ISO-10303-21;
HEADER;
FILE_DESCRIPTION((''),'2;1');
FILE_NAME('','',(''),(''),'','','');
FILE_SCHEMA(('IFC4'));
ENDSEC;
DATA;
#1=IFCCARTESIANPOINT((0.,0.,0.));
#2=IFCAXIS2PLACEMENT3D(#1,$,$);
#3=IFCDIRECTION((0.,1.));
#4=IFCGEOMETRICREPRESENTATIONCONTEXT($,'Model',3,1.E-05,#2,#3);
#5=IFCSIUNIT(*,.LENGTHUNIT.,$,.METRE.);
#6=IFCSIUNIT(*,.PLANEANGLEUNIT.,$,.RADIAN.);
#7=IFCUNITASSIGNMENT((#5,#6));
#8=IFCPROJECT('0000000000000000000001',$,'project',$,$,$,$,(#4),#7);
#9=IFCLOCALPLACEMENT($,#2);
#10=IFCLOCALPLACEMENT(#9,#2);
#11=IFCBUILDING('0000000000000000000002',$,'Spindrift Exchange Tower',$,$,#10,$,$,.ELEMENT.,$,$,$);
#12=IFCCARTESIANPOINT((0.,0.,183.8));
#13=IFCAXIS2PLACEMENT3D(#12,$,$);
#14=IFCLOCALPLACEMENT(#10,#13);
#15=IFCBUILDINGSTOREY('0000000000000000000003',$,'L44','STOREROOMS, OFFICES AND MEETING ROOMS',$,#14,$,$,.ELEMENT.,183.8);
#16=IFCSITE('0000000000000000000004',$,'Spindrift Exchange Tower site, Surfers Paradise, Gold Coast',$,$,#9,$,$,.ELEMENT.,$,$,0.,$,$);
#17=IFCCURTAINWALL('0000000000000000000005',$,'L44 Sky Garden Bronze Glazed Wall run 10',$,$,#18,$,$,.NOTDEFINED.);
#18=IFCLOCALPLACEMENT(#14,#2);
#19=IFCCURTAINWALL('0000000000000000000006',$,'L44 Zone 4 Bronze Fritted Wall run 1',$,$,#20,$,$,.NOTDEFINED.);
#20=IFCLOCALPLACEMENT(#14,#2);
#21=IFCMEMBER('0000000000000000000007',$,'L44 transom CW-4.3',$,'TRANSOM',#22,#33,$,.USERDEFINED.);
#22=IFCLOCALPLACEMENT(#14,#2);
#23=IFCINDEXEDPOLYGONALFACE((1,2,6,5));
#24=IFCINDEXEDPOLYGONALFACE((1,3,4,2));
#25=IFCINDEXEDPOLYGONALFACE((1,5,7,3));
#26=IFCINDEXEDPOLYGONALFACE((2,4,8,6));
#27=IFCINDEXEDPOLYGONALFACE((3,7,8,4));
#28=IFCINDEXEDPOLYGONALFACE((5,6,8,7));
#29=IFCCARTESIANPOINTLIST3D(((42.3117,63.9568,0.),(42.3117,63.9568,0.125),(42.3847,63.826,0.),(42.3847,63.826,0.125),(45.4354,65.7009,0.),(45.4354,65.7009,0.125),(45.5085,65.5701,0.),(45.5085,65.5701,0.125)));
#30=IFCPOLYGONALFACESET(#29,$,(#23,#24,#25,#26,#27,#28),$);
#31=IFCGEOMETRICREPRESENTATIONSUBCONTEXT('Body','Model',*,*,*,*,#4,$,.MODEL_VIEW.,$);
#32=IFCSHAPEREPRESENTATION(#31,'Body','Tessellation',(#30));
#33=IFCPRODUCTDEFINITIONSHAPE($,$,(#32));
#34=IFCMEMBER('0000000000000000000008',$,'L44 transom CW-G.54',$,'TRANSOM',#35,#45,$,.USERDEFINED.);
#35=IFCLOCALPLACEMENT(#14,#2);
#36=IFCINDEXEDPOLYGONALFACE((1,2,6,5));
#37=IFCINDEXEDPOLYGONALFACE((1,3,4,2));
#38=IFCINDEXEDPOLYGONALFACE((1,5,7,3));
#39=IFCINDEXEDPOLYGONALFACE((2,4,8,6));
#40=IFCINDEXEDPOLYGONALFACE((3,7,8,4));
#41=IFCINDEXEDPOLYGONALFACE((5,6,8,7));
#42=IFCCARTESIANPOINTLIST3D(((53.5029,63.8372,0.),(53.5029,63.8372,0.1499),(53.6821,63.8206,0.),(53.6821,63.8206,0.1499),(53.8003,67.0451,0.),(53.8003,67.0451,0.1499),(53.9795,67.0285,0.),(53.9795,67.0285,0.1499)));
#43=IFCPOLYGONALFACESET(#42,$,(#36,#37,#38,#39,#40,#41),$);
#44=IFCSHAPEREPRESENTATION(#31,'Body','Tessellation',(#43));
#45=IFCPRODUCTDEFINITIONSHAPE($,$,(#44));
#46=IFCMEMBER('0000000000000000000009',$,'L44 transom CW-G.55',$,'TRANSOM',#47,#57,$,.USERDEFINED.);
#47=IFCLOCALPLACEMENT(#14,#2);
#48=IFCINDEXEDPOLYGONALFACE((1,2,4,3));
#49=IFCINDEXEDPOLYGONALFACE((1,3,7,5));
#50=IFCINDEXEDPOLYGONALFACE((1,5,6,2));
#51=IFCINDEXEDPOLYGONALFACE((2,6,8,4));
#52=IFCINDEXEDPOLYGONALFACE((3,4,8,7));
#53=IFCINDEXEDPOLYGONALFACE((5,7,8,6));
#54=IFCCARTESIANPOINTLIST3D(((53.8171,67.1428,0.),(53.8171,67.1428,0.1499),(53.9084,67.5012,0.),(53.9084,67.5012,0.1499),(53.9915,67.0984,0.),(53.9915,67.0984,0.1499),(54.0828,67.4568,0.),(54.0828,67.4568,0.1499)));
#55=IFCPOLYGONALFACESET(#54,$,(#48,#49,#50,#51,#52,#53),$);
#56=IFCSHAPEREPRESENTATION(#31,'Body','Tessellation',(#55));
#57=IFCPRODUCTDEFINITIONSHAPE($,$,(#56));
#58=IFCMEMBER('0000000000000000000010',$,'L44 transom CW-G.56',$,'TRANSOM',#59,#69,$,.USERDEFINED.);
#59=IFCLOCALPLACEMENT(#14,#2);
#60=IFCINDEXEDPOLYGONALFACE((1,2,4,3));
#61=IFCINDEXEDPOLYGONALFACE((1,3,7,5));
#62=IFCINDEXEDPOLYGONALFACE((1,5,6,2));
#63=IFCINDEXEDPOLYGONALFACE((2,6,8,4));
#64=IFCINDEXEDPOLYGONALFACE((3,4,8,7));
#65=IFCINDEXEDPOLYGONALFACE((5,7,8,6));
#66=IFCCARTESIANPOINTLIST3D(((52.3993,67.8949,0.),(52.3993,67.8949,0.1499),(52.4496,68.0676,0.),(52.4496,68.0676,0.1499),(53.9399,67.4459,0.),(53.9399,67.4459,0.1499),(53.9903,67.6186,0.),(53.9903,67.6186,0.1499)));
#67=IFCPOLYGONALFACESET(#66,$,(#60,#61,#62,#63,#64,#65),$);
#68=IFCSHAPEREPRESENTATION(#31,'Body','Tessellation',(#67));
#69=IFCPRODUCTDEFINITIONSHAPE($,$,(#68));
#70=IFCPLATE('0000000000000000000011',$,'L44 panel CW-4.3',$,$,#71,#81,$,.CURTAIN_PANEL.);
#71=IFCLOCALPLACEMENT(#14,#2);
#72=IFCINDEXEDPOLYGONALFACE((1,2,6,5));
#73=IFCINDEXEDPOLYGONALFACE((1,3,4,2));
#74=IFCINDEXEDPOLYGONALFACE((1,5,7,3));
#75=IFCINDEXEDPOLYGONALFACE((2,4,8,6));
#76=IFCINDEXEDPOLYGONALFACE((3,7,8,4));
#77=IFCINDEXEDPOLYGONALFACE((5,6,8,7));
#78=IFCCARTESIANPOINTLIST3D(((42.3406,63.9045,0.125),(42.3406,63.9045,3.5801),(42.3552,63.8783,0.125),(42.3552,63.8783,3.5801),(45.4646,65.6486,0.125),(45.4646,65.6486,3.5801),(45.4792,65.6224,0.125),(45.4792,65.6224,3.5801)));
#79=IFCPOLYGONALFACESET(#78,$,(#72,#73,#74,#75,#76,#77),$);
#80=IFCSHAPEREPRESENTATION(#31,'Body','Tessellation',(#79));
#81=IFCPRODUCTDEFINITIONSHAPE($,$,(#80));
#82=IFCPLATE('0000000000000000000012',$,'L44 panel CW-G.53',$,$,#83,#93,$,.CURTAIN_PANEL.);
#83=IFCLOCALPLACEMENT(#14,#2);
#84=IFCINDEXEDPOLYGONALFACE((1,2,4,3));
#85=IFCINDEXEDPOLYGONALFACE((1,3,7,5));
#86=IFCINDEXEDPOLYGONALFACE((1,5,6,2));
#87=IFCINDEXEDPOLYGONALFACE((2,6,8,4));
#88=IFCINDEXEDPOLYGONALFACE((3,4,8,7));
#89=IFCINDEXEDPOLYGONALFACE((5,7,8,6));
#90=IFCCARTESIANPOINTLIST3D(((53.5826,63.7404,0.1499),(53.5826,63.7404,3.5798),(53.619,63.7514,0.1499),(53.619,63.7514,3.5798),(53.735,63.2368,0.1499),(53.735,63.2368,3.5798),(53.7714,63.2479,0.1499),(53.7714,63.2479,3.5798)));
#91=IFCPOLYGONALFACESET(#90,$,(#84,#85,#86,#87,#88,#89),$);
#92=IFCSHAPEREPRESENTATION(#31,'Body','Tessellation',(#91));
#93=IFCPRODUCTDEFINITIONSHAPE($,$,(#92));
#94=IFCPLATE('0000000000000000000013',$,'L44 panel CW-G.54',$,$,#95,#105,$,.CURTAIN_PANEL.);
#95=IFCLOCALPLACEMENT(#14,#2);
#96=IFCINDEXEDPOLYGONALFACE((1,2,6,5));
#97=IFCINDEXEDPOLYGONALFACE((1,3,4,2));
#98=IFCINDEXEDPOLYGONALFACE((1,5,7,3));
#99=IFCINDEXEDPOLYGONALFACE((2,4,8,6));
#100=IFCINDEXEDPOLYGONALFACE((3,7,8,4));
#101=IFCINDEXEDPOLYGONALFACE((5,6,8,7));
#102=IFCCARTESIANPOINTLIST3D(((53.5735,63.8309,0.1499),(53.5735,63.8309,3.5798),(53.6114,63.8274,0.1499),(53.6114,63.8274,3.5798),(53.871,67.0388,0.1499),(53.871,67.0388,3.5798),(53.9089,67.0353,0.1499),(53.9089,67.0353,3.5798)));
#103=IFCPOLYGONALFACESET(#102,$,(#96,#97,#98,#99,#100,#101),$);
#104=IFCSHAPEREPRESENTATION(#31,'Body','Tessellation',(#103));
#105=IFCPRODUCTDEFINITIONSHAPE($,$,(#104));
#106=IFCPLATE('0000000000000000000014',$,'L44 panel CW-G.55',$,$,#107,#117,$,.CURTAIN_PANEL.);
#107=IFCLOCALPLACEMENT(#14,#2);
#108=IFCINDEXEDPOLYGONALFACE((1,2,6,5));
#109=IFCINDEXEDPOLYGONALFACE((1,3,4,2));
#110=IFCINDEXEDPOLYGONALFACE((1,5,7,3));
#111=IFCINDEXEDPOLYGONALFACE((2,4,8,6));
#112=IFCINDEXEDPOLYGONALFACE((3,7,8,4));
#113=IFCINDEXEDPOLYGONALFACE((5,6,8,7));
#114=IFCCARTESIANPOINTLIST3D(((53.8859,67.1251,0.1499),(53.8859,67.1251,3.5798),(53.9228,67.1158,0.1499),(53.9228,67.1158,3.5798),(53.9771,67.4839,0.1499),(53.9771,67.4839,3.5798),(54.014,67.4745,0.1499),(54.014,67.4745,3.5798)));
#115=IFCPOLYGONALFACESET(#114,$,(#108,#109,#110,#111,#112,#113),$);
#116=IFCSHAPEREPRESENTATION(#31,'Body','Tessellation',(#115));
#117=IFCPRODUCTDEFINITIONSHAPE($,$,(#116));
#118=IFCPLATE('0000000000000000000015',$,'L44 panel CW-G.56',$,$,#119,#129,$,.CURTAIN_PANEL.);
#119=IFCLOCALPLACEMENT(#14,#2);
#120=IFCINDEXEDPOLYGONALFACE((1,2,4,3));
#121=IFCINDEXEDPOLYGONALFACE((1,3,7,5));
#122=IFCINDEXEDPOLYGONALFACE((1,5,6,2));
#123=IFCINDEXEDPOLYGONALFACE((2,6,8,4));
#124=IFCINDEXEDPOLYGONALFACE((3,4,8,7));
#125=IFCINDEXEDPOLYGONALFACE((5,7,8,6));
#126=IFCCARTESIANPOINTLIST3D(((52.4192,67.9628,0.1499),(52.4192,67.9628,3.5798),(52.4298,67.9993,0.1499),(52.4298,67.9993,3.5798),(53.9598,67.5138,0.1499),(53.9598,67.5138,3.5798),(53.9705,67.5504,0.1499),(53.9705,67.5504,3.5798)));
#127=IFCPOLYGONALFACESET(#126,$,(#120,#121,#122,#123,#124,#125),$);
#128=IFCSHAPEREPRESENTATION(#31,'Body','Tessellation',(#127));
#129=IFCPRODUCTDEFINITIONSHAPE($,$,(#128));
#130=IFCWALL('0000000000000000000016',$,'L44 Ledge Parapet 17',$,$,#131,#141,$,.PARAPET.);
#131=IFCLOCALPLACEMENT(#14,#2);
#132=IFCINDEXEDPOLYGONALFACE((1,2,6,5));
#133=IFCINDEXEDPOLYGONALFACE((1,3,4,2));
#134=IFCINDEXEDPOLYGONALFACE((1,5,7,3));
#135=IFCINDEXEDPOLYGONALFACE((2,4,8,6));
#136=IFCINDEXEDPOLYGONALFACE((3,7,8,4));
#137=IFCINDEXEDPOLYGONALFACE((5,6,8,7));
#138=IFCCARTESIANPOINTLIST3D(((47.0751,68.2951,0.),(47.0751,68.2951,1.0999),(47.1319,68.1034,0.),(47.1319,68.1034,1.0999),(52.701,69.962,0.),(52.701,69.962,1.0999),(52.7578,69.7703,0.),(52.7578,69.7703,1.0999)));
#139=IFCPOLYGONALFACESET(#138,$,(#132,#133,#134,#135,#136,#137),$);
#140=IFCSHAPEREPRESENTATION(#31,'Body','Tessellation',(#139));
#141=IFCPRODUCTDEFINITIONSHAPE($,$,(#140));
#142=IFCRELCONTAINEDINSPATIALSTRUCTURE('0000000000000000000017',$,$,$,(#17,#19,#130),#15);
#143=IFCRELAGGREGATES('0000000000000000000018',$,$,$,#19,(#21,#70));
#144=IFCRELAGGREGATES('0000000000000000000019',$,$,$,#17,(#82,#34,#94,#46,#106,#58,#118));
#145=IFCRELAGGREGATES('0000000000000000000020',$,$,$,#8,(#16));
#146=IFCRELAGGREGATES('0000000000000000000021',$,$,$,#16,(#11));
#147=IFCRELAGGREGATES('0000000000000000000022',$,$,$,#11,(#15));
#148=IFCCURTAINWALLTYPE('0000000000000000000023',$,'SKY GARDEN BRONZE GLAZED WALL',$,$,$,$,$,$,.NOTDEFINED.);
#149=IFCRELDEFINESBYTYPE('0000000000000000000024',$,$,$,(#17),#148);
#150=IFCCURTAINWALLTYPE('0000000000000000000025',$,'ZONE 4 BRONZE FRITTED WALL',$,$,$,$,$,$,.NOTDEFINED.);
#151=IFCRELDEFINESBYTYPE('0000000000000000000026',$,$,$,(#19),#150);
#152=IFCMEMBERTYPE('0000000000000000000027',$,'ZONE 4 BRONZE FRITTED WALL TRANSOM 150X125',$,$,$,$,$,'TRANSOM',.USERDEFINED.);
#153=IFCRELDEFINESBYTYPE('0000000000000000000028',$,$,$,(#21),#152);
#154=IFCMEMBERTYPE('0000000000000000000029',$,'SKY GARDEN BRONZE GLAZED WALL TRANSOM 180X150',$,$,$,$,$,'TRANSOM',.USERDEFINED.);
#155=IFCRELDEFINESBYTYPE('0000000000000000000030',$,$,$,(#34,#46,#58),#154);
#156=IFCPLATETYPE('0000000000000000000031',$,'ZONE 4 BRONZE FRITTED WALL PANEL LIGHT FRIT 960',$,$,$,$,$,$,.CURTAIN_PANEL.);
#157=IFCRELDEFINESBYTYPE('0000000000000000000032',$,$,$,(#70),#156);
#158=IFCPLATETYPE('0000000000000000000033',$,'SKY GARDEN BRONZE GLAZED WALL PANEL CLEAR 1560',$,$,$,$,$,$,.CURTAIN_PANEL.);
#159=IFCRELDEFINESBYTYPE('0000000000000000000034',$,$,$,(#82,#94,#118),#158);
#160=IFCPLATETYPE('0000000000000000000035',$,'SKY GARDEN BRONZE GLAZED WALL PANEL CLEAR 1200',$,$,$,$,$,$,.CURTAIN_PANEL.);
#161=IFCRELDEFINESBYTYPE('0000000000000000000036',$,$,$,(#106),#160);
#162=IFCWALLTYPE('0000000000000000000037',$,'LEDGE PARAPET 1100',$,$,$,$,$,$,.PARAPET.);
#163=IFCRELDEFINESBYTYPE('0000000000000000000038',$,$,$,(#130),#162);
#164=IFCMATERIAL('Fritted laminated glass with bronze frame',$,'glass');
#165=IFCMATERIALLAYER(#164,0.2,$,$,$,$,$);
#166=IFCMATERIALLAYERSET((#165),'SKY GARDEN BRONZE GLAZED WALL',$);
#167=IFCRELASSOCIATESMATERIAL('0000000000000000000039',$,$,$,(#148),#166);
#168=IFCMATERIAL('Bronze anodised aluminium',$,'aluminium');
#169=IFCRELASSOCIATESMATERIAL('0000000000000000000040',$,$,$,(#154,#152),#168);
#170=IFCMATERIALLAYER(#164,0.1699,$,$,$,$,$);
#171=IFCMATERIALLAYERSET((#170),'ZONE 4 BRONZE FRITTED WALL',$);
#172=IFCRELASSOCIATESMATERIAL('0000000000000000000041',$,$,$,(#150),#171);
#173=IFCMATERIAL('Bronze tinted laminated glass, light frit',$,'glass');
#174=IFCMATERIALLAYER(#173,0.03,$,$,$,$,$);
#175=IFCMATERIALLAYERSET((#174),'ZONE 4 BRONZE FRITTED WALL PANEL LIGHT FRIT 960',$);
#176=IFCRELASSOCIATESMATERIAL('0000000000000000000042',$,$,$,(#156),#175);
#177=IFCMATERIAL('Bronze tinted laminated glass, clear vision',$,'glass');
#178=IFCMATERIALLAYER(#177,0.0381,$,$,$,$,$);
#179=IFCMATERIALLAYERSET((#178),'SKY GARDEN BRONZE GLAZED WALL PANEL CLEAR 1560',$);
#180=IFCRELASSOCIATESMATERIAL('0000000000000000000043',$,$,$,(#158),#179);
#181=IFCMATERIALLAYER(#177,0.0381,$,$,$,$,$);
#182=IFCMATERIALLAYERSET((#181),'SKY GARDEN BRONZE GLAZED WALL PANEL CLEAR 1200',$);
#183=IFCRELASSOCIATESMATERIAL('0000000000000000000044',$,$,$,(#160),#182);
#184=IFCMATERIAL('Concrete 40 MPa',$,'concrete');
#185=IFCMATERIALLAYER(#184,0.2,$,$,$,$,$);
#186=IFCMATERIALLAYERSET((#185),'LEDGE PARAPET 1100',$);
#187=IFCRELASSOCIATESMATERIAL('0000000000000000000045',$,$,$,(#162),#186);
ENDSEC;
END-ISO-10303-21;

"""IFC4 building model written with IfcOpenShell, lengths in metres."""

from ifc_helpers import new_model, si_unit, direction, frame, frame_2d, origin, origin_2d, place, context, subcontext, project, spatial, rectangle, extrude, source, transform, mapped, material, layer, layer_set, material_profile, profile_set, type_object, element, aggregate, save


model = new_model("IFC4")

# Units and contexts
model_context = context("Model", 3, precision=1e-05, world=origin(), true_north=direction((0.0, 1.0)))
body_context = subcontext(model_context, "Body", "Model", "MODEL_VIEW")
ifc_project = project(units=[si_unit("LENGTHUNIT", "METRE"), si_unit("PLANEANGLEUNIT", "RADIAN")], contexts=[model_context])

# Site, building, storey
site_placement = place(None, origin())
site = spatial("IfcSite", under=ifc_project, at=site_placement, Name="Spindrift Exchange Tower site, Surfers Paradise, Gold Coast", CompositionType="ELEMENT", RefElevation=0.0)
building_placement = place(site_placement, origin())
building = spatial("IfcBuilding", under=site, at=building_placement, Name="Spindrift Exchange Tower", CompositionType="ELEMENT")
storey_placement = place(building_placement, frame((0.0, 0.0, 183.8)))
storey = spatial("IfcBuildingStorey", under=building, at=storey_placement, Name="L44", Description="STOREROOMS, OFFICES AND MEETING ROOMS", CompositionType="ELEMENT", Elevation=183.8)

# Curtain walls, member
ifc_material_1 = material(Name="Fritted laminated glass with bronze frame", Category="glass")
ifc_layer_1 = layer(ifc_material_1, 0.2)
ifc_layer_set_1 = layer_set([ifc_layer_1], Name="SKY GARDEN BRONZE GLAZED WALL")
curtain_wall_type_1 = type_object("IfcCurtainWallType", Name="SKY GARDEN BRONZE GLAZED WALL", PredefinedType="NOTDEFINED", material=ifc_layer_set_1)
curtain_wall_1_placement = place(storey_placement, origin())
curtain_wall_1 = element("IfcCurtainWall", 1, at=curtain_wall_1_placement, inside=storey, type_object=curtain_wall_type_1, Name="L44 Sky Garden Bronze Glazed Wall run 10", PredefinedType="NOTDEFINED")
ifc_material_2 = material(Name="Bronze anodised aluminium", Category="aluminium")
ifc_material_profile_1 = material_profile(ifc_material_2, rectangle(XDim=0.1799, YDim=0.1499, at=origin_2d()), Name="SKY GARDEN BRONZE GLAZED WALL TRANSOM 180X150")
ifc_profile_set_1 = profile_set([ifc_material_profile_1], Name="Bronze anodised aluminium")
member_type_1 = type_object("IfcMemberType", Name="SKY GARDEN BRONZE GLAZED WALL TRANSOM 180X150", ElementType="TRANSOM", PredefinedType="USERDEFINED", material=ifc_profile_set_1)
ifc_layer_2 = layer(ifc_material_1, 0.1699)
ifc_layer_set_2 = layer_set([ifc_layer_2], Name="ZONE 4 BRONZE FRITTED WALL")
curtain_wall_type_2 = type_object("IfcCurtainWallType", Name="ZONE 4 BRONZE FRITTED WALL", PredefinedType="NOTDEFINED", material=ifc_layer_set_2)
curtain_wall_2_placement = place(storey_placement, origin())
curtain_wall_2 = element("IfcCurtainWall", 2, at=curtain_wall_2_placement, inside=storey, type_object=curtain_wall_type_2, Name="L44 Zone 4 Bronze Fritted Wall run 1", PredefinedType="NOTDEFINED")
ifc_material_profile_2 = material_profile(ifc_material_2, rectangle(XDim=0.1499, YDim=0.125, at=origin_2d()), Name="ZONE 4 BRONZE FRITTED WALL TRANSOM 150X125")
ifc_profile_set_2 = profile_set([ifc_material_profile_2], Name="Bronze anodised aluminium")
member_type_2 = type_object("IfcMemberType", Name="ZONE 4 BRONZE FRITTED WALL TRANSOM 150X125", ElementType="TRANSOM", PredefinedType="USERDEFINED", material=ifc_profile_set_2)
shared_shape_1 = source(origin(), body_context, "Body", "SweptSolid", [
    extrude(rectangle(XDim=0.1499, YDim=0.125, at=origin_2d()), origin(), (0.0, 0.0, 1.0), 3.5776),
])
member_1_placement = place(storey_placement, frame((45.4719, 65.6355, 0.0625), z_axis=(-0.873122, -0.487502, 0.0), x_axis=(0.487502, -0.873122, 0.0)))
member_1 = element("IfcMember", 3, at=member_1_placement, type_object=member_type_2, Name="L44 transom CW-4.3", ObjectType="TRANSOM", PredefinedType="USERDEFINED", context=body_context, shape_type="MappedRepresentation", body=[
    mapped(shared_shape_1, transform((0.0, 0.0, 0.0), scale=1.0)),
])

# Members
shared_shape_2 = source(origin(), body_context, "Body", "SweptSolid", [
    extrude(rectangle(XDim=0.1799, YDim=0.1499, at=origin_2d()), origin(), (0.0, 0.0, 1.0), 3.2217),
])
member_2_placement = place(storey_placement, frame((53.5925, 63.8289, 0.075), z_axis=(0.092298, 0.995731, 0.0), x_axis=(-0.995731, 0.092298, 0.0)))
member_2 = element("IfcMember", 4, at=member_2_placement, type_object=member_type_1, Name="L44 transom CW-G.54", ObjectType="TRANSOM", PredefinedType="USERDEFINED", context=body_context, shape_type="MappedRepresentation", body=[
    mapped(shared_shape_2, transform((0.0, 0.0, 0.0), scale=1.0)),
])
shared_shape_3 = source(origin(), body_context, "Body", "SweptSolid", [
    extrude(rectangle(XDim=0.1799, YDim=0.1499, at=origin_2d()), origin(), (0.0, 0.0, 1.0), 0.3699),
])
member_3_placement = place(storey_placement, frame((53.9043, 67.1206, 0.075), z_axis=(0.246882, 0.969046, 0.0), x_axis=(-0.969046, 0.246882, 0.0)))
member_3 = element("IfcMember", 5, at=member_3_placement, type_object=member_type_1, Name="L44 transom CW-G.55", ObjectType="TRANSOM", PredefinedType="USERDEFINED", context=body_context, shape_type="MappedRepresentation", body=[
    mapped(shared_shape_3, transform((0.0, 0.0, 0.0), scale=1.0)),
])
shared_shape_4 = source(origin(), body_context, "Body", "SweptSolid", [
    extrude(rectangle(XDim=0.1799, YDim=0.1499, at=origin_2d()), origin(), (0.0, 0.0, 1.0), 1.6047),
])
member_4_placement = place(storey_placement, frame((53.9651, 67.5322, 0.075), z_axis=(-0.960058, 0.279801, 0.0), x_axis=(-0.279801, -0.960058, 0.0)))
member_4 = element("IfcMember", 6, at=member_4_placement, type_object=member_type_1, Name="L44 transom CW-G.56", ObjectType="TRANSOM", PredefinedType="USERDEFINED", context=body_context, shape_type="MappedRepresentation", body=[
    mapped(shared_shape_4, transform((0.0, 0.0, 0.0), scale=1.0)),
])

# Plates
ifc_material_3 = material(Name="Bronze tinted laminated glass, light frit", Category="glass")
ifc_layer_3 = layer(ifc_material_3, 0.03)
ifc_layer_set_3 = layer_set([ifc_layer_3], Name="ZONE 4 BRONZE FRITTED WALL PANEL LIGHT FRIT 960")
plate_type_1 = type_object("IfcPlateType", Name="ZONE 4 BRONZE FRITTED WALL PANEL LIGHT FRIT 960", PredefinedType="CURTAIN_PANEL", material=ifc_layer_set_3)
shared_shape_5 = source(origin(), body_context, "Body", "SweptSolid", [
    extrude(rectangle(XDim=3.5779, YDim=0.03, at=origin_2d()), origin(), (0.0, 0.0, 1.0), 3.4551),
])
plate_1_placement = place(storey_placement, frame((43.9099, 64.7634, 0.125), z_axis=(0.0, 0.0, 1.0), x_axis=(-0.873137, -0.487476, 0.0)))
plate_1 = element("IfcPlate", 7, at=plate_1_placement, type_object=plate_type_1, Name="L44 panel CW-4.3", PredefinedType="CURTAIN_PANEL", context=body_context, shape_type="MappedRepresentation", body=[
    mapped(shared_shape_5, transform((0.0, 0.0, 0.0), scale=1.0)),
])
aggregate(curtain_wall_2, [member_1, plate_1])
ifc_material_4 = material(Name="Bronze tinted laminated glass, clear vision", Category="glass")
ifc_layer_4 = layer(ifc_material_4, 0.0381)
ifc_layer_set_4 = layer_set([ifc_layer_4], Name="SKY GARDEN BRONZE GLAZED WALL PANEL CLEAR 1560")
plate_type_2 = type_object("IfcPlateType", Name="SKY GARDEN BRONZE GLAZED WALL PANEL CLEAR 1560", PredefinedType="CURTAIN_PANEL", material=ifc_layer_set_4)
shared_shape_6 = source(origin(), body_context, "Body", "SweptSolid", [
    extrude(rectangle(XDim=0.5261, YDim=0.0381, at=origin_2d()), origin(), (0.0, 0.0, 1.0), 3.4299),
])
plate_2_placement = place(storey_placement, frame((53.677, 63.4941, 0.1499), z_axis=(0.0, 0.0, 1.0), x_axis=(-0.289598, 0.957148, 0.0)))
plate_2 = element("IfcPlate", 8, at=plate_2_placement, type_object=plate_type_2, Name="L44 panel CW-G.53", PredefinedType="CURTAIN_PANEL", context=body_context, shape_type="MappedRepresentation", body=[
    mapped(shared_shape_6, transform((0.0, 0.0, 0.0), scale=1.0)),
])
shared_shape_7 = source(origin(), body_context, "Body", "SweptSolid", [
    extrude(rectangle(XDim=3.2217, YDim=0.0381, at=origin_2d()), origin(), (0.0, 0.0, 1.0), 3.4299),
])
plate_3_placement = place(storey_placement, frame((53.7412, 65.4331, 0.1499), z_axis=(0.0, 0.0, 1.0), x_axis=(0.092355, 0.995726, 0.0)))
plate_3 = element("IfcPlate", 9, at=plate_3_placement, type_object=plate_type_2, Name="L44 panel CW-G.54", PredefinedType="CURTAIN_PANEL", context=body_context, shape_type="MappedRepresentation", body=[
    mapped(shared_shape_7, transform((0.0, 0.0, 0.0), scale=1.0)),
])
ifc_layer_5 = layer(ifc_material_4, 0.0381)
ifc_layer_set_5 = layer_set([ifc_layer_5], Name="SKY GARDEN BRONZE GLAZED WALL PANEL CLEAR 1200")
plate_type_3 = type_object("IfcPlateType", Name="SKY GARDEN BRONZE GLAZED WALL PANEL CLEAR 1200", PredefinedType="CURTAIN_PANEL", material=ifc_layer_set_5)
shared_shape_8 = source(origin(), body_context, "Body", "SweptSolid", [
    extrude(rectangle(XDim=0.3701, YDim=0.0381, at=origin_2d()), origin(), (0.0, 0.0, 1.0), 3.4299),
])
plate_4_placement = place(storey_placement, frame((53.95, 67.2998, 0.1499), z_axis=(0.0, 0.0, 1.0), x_axis=(0.24636, 0.969178, 0.0)))
plate_4 = element("IfcPlate", 10, at=plate_4_placement, type_object=plate_type_3, Name="L44 panel CW-G.55", PredefinedType="CURTAIN_PANEL", context=body_context, shape_type="MappedRepresentation", body=[
    mapped(shared_shape_8, transform((0.0, 0.0, 0.0), scale=1.0)),
])
shared_shape_9 = source(origin(), body_context, "Body", "SweptSolid", [
    extrude(rectangle(XDim=1.6047, YDim=0.0381, at=origin_2d()), origin(), (0.0, 0.0, 1.0), 3.4299),
])
plate_5_placement = place(storey_placement, frame((53.1948, 67.7566, 0.1499), z_axis=(0.0, 0.0, 1.0), x_axis=(-0.96007, 0.279759, 0.0)))
plate_5 = element("IfcPlate", 11, at=plate_5_placement, type_object=plate_type_2, Name="L44 panel CW-G.56", PredefinedType="CURTAIN_PANEL", context=body_context, shape_type="MappedRepresentation", body=[
    mapped(shared_shape_9, transform((0.0, 0.0, 0.0), scale=1.0)),
])
aggregate(curtain_wall_1, [plate_2, member_2, plate_3, member_3, plate_4, member_4, plate_5])

# Wall
ifc_material_5 = material(Name="Concrete 40 MPa", Category="concrete")
ifc_layer_6 = layer(ifc_material_5, 0.2)
ifc_layer_set_6 = layer_set([ifc_layer_6], Name="LEDGE PARAPET 1100")
wall_type_1 = type_object("IfcWallType", Name="LEDGE PARAPET 1100", PredefinedType="PARAPET", material=ifc_layer_set_6)
wall_1_placement = place(storey_placement, frame((47.1035, 68.1992, 0.0), z_axis=(0.0, 0.0, 1.0), x_axis=(0.958796, 0.284094, 0.0)))
element("IfcWall", 12, at=wall_1_placement, inside=storey, type_object=wall_type_1, Name="L44 Ledge Parapet 17", PredefinedType="PARAPET", context=body_context, shape_type="SweptSolid", body=[
    extrude(rectangle(XDim=5.8677, YDim=0.2, at=frame_2d((2.9338, 0.0))), origin(), (0.0, 0.0, 1.0), 1.0999),
])

save(model, "model.ifc")
